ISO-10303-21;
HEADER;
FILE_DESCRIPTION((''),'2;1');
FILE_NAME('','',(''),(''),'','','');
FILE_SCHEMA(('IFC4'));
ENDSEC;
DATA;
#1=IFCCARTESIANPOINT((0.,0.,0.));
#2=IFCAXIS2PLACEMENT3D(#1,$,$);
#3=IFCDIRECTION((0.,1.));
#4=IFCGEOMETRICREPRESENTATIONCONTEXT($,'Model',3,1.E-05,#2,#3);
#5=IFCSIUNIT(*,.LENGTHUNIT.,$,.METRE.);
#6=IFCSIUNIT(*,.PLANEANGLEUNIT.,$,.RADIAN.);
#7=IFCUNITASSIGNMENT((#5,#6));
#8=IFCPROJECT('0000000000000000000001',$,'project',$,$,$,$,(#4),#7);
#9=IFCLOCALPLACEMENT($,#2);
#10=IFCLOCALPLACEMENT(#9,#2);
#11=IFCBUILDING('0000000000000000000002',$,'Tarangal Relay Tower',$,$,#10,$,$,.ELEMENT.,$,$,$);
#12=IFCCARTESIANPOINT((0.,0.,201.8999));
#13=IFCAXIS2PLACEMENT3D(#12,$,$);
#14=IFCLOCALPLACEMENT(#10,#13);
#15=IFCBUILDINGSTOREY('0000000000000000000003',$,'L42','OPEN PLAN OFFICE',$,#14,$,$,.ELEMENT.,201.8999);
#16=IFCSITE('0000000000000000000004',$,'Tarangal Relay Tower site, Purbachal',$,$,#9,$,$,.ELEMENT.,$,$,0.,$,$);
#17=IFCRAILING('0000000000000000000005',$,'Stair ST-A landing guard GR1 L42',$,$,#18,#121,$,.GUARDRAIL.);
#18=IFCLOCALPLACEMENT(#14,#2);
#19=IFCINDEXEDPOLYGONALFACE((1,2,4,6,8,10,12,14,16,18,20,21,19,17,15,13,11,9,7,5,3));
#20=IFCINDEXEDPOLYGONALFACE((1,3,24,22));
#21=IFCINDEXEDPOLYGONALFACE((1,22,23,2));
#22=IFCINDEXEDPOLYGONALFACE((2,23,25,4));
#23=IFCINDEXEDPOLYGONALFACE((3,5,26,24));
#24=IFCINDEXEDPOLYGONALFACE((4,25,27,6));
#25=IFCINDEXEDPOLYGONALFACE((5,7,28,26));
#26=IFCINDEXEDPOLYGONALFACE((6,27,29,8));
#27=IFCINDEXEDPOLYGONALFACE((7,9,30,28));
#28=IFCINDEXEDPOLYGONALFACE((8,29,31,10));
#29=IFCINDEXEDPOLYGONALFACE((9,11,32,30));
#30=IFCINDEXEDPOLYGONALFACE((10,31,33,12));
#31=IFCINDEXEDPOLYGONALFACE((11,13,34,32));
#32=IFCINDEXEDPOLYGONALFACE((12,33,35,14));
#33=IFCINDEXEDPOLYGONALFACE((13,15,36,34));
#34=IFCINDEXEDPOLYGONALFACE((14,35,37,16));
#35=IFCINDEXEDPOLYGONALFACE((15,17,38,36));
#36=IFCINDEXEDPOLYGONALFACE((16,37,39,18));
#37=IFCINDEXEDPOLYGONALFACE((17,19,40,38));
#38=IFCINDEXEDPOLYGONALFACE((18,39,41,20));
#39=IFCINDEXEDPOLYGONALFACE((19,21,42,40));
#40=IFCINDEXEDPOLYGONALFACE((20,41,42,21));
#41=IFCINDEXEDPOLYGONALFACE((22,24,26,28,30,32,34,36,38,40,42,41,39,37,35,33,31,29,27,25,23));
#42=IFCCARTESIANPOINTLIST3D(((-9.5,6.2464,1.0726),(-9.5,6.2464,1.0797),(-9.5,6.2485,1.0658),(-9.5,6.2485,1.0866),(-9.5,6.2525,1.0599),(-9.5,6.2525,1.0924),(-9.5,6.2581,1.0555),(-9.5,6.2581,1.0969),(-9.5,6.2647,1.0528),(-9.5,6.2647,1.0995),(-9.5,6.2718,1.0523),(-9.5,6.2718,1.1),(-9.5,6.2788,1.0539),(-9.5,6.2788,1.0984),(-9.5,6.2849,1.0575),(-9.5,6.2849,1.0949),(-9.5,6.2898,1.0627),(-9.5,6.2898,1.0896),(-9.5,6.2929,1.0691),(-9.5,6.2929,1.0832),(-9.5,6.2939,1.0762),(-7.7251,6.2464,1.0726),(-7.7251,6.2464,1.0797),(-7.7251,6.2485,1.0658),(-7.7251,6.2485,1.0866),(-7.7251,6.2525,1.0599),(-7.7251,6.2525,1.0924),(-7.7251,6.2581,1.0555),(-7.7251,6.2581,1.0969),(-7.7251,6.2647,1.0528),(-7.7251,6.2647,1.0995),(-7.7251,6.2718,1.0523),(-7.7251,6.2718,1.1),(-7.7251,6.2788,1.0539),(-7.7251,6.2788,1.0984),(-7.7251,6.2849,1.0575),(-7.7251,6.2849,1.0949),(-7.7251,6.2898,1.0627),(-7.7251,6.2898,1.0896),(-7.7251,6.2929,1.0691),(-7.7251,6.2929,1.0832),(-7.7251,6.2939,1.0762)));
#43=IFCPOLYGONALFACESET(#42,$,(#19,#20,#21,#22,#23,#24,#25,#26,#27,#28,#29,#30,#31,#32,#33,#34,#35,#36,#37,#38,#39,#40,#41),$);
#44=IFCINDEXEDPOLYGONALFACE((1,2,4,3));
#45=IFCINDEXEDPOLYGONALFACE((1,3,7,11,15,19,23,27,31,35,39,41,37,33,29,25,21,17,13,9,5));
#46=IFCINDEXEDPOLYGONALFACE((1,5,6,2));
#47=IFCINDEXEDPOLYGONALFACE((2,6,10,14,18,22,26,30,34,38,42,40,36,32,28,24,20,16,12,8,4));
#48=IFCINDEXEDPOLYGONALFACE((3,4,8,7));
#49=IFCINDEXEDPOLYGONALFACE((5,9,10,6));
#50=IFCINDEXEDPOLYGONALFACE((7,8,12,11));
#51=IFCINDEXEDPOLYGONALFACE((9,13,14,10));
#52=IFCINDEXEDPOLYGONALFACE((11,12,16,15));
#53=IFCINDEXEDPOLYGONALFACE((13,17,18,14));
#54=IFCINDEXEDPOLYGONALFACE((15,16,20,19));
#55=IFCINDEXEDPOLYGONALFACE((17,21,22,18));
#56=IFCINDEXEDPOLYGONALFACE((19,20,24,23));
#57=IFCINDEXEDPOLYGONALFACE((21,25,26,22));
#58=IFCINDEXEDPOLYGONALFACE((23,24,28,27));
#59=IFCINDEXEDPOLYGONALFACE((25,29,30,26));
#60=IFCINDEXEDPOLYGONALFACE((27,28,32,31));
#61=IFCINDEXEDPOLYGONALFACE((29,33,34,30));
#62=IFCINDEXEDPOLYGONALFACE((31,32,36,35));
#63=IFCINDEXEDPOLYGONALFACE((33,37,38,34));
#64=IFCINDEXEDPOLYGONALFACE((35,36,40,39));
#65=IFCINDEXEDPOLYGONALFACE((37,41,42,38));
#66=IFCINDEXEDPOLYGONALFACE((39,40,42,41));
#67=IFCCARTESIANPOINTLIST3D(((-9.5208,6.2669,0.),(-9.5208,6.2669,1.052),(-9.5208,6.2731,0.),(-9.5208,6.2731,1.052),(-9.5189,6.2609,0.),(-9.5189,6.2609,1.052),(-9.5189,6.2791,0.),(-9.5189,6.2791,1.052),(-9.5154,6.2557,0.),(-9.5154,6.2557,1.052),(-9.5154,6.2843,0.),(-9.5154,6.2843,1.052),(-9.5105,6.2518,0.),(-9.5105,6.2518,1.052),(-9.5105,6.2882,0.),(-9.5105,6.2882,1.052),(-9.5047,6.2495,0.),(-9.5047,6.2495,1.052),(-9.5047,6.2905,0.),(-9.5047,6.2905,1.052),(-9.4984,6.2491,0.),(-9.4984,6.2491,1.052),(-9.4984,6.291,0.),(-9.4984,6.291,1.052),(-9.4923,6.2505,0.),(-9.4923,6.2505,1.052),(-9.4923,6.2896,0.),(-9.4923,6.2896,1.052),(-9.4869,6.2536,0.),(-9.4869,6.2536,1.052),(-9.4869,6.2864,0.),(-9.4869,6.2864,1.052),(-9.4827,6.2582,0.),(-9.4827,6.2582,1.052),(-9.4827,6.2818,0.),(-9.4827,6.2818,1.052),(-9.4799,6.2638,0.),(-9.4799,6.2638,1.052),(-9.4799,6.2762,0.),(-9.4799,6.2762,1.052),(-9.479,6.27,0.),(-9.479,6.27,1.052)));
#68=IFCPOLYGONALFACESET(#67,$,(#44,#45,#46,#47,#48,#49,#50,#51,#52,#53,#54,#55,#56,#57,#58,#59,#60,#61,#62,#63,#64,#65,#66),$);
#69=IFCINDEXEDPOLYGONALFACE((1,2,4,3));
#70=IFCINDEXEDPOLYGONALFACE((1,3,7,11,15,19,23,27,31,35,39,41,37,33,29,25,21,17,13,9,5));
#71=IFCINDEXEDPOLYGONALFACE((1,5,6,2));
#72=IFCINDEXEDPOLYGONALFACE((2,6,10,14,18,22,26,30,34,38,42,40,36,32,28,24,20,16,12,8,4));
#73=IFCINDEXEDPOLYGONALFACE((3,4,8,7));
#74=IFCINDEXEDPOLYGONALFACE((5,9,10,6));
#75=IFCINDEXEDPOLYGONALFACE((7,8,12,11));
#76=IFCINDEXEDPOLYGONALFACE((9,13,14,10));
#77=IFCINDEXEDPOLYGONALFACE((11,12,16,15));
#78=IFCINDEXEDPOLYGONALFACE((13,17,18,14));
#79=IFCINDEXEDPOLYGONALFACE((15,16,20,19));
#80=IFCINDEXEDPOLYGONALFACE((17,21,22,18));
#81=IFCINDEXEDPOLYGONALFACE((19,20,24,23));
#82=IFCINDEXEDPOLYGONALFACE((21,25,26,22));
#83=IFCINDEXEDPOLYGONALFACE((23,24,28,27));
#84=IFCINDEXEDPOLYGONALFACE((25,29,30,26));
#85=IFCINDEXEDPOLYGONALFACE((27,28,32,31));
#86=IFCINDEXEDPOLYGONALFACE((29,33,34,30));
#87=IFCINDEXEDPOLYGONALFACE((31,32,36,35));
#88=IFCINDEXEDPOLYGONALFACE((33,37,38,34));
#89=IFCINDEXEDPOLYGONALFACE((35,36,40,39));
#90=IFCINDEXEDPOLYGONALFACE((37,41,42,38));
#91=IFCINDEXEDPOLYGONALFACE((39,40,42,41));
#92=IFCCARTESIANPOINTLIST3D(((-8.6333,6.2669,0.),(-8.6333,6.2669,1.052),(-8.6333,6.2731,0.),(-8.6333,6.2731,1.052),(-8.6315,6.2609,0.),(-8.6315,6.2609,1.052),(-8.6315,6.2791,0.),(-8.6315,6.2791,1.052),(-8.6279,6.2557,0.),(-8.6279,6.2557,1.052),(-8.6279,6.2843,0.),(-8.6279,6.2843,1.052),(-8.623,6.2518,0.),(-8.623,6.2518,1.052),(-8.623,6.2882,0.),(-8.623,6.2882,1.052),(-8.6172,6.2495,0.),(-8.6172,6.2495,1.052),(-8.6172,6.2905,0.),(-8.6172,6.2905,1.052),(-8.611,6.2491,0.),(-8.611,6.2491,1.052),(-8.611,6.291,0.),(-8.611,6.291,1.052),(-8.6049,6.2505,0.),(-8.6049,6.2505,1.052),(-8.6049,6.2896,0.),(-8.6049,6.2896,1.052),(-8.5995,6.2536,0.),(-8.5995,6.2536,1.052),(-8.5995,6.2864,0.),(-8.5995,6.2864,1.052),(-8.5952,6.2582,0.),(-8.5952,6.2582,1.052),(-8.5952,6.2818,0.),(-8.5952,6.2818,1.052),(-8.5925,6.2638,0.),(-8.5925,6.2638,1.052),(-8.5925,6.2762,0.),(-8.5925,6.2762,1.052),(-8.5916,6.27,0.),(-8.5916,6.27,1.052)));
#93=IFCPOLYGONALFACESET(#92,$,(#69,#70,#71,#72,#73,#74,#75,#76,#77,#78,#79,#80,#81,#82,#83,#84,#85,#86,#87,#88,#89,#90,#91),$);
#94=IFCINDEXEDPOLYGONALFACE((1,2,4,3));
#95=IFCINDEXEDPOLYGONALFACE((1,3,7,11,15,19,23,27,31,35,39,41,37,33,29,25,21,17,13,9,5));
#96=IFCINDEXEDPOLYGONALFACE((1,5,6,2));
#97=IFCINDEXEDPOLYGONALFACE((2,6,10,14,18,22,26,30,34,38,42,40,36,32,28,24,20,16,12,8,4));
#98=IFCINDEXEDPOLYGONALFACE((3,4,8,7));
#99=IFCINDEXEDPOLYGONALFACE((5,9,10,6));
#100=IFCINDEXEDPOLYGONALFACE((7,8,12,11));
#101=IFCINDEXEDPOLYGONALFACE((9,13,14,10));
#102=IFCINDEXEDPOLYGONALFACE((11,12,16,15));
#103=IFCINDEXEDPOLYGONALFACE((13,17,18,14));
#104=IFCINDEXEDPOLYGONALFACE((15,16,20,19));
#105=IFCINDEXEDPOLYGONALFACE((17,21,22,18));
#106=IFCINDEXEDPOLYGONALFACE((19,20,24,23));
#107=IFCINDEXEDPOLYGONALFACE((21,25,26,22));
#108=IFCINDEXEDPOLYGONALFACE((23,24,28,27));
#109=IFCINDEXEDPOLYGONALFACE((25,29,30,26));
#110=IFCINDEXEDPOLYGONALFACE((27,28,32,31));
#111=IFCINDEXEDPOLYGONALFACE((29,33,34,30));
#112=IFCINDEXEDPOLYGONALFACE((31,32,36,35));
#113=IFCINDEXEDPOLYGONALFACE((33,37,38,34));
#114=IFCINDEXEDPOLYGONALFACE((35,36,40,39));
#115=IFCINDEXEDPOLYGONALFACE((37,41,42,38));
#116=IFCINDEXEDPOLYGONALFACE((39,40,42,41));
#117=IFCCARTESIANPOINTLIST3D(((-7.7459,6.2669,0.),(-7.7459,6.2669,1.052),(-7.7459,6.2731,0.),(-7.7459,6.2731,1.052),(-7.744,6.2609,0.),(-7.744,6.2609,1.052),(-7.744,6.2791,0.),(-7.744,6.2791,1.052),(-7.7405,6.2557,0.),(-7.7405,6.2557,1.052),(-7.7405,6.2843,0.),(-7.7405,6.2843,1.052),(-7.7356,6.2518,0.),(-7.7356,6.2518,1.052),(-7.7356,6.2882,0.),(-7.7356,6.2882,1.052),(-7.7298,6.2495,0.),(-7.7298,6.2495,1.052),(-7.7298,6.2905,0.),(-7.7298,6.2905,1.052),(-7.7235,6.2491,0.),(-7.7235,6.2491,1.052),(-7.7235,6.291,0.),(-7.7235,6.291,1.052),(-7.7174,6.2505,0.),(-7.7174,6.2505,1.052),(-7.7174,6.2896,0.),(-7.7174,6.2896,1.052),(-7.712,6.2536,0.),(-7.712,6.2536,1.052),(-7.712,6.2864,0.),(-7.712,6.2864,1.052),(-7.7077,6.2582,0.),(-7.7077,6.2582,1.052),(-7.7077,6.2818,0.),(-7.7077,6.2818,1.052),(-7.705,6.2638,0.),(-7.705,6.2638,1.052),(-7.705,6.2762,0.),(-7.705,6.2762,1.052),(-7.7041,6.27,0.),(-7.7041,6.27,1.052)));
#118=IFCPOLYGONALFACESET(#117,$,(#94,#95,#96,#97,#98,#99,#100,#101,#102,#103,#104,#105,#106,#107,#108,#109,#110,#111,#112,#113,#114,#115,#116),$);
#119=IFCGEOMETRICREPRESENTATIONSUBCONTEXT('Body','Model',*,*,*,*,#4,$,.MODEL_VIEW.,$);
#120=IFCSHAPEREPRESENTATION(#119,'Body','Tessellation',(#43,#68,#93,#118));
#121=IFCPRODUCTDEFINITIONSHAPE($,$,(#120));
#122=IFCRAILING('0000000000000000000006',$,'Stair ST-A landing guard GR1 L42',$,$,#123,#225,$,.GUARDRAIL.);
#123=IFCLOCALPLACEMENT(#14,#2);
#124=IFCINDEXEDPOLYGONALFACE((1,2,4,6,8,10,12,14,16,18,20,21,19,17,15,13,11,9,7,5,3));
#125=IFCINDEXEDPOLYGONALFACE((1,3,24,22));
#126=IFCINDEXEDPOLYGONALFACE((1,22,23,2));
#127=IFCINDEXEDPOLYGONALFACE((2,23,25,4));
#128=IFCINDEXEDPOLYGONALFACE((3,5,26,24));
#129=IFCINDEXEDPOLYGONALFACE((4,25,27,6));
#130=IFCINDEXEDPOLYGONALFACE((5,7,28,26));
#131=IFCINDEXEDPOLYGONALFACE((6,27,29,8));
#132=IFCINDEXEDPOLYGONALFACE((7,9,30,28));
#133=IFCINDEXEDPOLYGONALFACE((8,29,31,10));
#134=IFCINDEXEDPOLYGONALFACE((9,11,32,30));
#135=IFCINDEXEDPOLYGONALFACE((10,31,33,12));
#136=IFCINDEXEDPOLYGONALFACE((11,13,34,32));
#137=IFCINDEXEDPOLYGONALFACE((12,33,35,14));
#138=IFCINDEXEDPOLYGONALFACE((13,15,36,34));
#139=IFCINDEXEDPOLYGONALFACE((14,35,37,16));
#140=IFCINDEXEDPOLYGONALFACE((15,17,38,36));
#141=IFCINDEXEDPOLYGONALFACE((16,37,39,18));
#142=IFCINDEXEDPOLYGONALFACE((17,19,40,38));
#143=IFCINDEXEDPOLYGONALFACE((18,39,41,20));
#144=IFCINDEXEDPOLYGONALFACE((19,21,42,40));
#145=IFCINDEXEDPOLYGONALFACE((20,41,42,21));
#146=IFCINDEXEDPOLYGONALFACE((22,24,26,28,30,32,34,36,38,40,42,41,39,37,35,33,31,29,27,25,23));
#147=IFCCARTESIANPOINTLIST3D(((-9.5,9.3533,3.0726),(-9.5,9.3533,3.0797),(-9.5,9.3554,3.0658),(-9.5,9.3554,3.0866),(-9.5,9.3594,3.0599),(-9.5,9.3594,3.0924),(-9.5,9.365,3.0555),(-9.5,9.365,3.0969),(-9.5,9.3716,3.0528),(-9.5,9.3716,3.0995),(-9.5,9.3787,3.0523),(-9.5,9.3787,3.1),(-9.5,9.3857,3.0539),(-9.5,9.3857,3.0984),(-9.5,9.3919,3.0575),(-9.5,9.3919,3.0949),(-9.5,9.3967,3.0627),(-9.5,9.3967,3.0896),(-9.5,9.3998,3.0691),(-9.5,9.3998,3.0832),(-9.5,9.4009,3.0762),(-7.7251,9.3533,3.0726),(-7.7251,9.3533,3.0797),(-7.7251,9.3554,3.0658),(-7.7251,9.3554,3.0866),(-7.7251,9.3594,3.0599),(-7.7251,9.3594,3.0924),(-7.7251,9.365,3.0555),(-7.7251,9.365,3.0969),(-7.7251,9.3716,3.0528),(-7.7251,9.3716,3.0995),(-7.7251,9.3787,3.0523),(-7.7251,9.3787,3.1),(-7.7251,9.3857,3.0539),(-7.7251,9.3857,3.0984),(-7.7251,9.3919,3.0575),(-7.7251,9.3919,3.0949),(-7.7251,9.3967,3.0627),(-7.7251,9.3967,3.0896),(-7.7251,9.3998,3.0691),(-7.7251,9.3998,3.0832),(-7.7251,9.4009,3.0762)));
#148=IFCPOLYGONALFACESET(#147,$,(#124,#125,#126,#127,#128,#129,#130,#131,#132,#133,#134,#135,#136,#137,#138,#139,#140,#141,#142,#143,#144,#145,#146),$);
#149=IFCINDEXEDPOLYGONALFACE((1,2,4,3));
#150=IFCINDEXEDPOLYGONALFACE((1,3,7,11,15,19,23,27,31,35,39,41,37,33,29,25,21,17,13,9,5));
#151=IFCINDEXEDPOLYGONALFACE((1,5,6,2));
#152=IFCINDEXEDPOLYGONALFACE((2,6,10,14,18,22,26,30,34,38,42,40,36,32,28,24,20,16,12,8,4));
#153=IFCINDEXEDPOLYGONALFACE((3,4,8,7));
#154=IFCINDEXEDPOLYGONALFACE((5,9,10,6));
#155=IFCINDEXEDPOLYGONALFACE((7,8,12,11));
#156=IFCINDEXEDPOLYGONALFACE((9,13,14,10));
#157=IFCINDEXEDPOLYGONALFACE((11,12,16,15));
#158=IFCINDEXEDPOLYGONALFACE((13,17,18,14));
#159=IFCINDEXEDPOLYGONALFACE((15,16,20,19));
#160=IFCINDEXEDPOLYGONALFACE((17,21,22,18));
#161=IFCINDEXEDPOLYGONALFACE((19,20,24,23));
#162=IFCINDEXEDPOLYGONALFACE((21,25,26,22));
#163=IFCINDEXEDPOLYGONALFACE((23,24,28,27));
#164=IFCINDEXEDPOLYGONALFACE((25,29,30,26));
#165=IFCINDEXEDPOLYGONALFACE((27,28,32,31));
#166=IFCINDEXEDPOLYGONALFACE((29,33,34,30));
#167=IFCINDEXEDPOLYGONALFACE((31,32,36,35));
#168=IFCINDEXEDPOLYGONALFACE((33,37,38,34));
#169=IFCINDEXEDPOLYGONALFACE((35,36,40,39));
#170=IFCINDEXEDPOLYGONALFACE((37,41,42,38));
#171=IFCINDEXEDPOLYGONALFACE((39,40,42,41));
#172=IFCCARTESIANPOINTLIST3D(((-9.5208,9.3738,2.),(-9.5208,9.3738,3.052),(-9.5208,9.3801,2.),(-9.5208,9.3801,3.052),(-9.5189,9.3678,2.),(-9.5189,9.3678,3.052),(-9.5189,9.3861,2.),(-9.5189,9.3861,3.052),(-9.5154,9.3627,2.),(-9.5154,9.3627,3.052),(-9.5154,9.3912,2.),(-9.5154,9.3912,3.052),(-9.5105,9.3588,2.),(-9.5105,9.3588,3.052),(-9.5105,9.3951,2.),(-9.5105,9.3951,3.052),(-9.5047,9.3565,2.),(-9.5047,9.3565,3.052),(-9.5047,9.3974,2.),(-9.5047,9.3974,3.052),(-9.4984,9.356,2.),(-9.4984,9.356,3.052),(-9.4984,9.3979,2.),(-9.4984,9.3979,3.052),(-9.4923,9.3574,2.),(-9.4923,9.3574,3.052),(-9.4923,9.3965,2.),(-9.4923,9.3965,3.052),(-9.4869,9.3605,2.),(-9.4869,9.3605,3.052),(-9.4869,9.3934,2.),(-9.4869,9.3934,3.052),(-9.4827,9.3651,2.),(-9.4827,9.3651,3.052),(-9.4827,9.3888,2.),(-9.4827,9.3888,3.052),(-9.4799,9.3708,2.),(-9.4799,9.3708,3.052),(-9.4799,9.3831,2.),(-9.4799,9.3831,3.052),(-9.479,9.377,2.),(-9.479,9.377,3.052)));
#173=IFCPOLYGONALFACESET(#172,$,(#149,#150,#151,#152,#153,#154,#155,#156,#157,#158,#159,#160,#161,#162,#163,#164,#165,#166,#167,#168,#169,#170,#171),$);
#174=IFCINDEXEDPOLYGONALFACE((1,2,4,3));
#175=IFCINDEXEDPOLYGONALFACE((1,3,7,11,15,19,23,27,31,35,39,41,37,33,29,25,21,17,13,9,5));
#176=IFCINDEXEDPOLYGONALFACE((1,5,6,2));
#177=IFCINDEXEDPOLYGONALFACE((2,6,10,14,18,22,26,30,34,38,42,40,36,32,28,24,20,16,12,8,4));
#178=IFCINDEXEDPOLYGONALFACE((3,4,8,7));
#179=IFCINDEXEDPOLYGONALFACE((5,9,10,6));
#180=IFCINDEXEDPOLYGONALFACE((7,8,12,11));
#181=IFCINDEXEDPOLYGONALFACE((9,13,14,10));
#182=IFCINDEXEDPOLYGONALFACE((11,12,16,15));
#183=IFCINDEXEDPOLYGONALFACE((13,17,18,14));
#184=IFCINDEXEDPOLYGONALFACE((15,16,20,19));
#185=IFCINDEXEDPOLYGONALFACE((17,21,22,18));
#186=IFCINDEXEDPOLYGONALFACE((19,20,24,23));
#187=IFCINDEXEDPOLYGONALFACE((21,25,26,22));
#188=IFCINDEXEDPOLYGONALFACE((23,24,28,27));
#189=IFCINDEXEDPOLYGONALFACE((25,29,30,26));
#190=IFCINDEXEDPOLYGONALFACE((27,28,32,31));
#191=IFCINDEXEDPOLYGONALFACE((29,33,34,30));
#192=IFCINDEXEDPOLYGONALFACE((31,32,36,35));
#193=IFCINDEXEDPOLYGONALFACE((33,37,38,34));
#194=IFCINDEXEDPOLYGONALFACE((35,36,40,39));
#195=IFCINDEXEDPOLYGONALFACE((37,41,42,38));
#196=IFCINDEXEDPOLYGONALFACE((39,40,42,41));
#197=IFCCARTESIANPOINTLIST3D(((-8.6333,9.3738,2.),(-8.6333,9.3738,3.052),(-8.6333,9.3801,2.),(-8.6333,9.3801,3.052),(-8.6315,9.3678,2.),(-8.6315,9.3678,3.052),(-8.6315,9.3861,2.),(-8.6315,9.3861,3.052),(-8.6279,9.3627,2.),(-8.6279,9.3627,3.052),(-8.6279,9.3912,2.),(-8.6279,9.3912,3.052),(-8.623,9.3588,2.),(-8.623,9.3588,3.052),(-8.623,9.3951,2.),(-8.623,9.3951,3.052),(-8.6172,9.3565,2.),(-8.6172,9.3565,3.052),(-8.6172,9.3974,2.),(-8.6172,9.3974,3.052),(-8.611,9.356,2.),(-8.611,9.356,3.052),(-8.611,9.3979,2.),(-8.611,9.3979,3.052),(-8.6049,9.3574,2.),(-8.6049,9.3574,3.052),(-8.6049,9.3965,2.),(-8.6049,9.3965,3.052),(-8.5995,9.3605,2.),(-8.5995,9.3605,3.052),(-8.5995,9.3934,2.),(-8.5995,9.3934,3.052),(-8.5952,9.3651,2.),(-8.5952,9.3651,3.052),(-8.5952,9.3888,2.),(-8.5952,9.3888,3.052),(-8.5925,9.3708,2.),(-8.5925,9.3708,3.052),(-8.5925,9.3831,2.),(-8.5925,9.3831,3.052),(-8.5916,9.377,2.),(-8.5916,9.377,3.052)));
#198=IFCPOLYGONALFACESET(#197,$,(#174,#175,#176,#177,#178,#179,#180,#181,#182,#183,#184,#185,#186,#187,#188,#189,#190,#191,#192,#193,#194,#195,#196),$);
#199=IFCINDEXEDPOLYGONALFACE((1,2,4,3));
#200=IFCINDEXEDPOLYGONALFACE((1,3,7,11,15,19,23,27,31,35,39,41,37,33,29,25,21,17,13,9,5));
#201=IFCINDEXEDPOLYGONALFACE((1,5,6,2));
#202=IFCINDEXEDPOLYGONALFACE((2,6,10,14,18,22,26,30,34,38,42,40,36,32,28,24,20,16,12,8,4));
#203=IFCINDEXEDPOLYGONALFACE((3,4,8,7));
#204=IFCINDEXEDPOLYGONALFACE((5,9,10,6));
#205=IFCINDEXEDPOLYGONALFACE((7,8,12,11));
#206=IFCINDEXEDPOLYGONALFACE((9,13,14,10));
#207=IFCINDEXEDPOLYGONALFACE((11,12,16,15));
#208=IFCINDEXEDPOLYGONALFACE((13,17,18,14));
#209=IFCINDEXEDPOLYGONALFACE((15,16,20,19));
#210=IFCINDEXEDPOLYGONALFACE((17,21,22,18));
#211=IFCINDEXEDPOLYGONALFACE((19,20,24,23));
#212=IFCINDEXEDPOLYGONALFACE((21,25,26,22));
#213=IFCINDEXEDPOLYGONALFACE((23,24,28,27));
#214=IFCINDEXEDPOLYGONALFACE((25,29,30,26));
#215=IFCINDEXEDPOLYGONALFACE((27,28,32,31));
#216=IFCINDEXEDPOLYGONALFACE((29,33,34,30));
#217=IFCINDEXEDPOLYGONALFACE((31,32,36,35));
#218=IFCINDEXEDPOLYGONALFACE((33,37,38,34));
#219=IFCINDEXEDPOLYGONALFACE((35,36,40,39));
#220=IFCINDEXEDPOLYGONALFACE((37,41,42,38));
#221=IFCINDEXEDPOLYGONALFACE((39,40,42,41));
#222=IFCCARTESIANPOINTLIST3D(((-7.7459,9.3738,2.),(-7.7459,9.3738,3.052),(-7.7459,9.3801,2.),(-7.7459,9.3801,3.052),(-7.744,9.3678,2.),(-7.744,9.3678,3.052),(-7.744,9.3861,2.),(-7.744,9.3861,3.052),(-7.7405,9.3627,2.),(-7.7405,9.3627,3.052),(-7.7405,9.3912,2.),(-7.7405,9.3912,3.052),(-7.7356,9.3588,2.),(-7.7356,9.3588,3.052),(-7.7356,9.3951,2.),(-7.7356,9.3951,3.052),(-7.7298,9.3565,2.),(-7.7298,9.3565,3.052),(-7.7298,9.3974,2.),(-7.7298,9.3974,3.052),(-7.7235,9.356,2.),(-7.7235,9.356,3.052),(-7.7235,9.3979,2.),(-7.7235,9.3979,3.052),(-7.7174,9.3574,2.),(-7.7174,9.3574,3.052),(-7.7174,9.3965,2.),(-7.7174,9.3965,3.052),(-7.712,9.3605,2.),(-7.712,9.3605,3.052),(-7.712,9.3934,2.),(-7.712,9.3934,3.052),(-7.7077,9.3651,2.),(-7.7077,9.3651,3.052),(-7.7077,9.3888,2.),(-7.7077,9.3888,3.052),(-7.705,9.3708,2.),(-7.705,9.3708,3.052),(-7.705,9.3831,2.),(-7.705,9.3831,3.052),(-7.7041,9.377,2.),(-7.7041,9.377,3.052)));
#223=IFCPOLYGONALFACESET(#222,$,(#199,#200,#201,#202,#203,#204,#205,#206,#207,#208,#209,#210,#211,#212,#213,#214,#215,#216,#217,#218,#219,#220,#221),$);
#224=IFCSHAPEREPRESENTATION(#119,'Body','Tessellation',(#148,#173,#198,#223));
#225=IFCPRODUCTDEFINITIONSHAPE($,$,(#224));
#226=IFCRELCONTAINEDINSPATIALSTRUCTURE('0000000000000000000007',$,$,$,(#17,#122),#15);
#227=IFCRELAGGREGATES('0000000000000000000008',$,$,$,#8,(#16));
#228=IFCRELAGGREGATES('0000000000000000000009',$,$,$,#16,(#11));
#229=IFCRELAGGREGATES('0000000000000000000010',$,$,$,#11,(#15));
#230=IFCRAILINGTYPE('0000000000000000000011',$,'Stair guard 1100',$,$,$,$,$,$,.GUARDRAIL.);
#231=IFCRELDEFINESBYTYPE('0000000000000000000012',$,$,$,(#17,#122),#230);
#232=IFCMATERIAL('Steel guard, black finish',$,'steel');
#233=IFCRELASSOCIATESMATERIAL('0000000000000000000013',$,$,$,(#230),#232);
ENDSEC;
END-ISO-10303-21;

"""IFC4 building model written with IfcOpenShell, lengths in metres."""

from ifc_helpers import new_model, si_unit, direction, frame, origin, origin_2d, place, context, subcontext, project, spatial, circle, extrude, material, type_object, element, save


model = new_model("IFC4")

# Units and contexts
model_context = context("Model", 3, precision=1e-05, world=origin(), true_north=direction((0.0, 1.0)))
body_context = subcontext(model_context, "Body", "Model", "MODEL_VIEW")
ifc_project = project(units=[si_unit("LENGTHUNIT", "METRE"), si_unit("PLANEANGLEUNIT", "RADIAN")], contexts=[model_context])

# Site, building, storey
site_placement = place(None, origin())
site = spatial("IfcSite", under=ifc_project, at=site_placement, Name="Tarangal Relay Tower site, Purbachal", CompositionType="ELEMENT", RefElevation=0.0)
building_placement = place(site_placement, origin())
building = spatial("IfcBuilding", under=site, at=building_placement, Name="Tarangal Relay Tower", CompositionType="ELEMENT")
storey_placement = place(building_placement, frame((0.0, 0.0, 201.8999)))
storey = spatial("IfcBuildingStorey", under=building, at=storey_placement, Name="L42", Description="OPEN PLAN OFFICE", CompositionType="ELEMENT", Elevation=201.8999)

# Railings
ifc_material_1 = material(Name="Steel guard, black finish", Category="steel")
railing_type_1 = type_object("IfcRailingType", Name="Stair guard 1100", PredefinedType="GUARDRAIL", material=ifc_material_1)
for number, where, name in (
    (1, (-9.5, 6.27, 0.0), "Stair ST-A landing guard GR1 L42"),
    (2, (-9.5, 9.377, 2.0), "Stair ST-A landing guard GR1 L42"),
):
    element("IfcRailing", number, at=place(storey_placement, frame(where)), inside=storey, type_object=railing_type_1, Name=name, PredefinedType="GUARDRAIL", context=body_context, shape_type="SweptSolid", body=[
        extrude(circle(Radius=0.0239, at=origin_2d()), frame((0.0, 0.0, 1.0762), z_axis=(1.0, 0.0, 0.0), x_axis=(0.0, 1.0, 0.0)), (0.0, 0.0, 1.0), 1.7749),
        extrude(circle(Radius=0.021, at=origin_2d()), origin(), (0.0, 0.0, 1.0), 1.052),
        extrude(circle(Radius=0.021, at=origin_2d()), frame((0.8875, 0.0, 0.0)), (0.0, 0.0, 1.0), 1.052),
        extrude(circle(Radius=0.021, at=origin_2d()), frame((1.7749, 0.0, 0.0)), (0.0, 0.0, 1.0), 1.052),
    ])

save(model, "model.ifc")
